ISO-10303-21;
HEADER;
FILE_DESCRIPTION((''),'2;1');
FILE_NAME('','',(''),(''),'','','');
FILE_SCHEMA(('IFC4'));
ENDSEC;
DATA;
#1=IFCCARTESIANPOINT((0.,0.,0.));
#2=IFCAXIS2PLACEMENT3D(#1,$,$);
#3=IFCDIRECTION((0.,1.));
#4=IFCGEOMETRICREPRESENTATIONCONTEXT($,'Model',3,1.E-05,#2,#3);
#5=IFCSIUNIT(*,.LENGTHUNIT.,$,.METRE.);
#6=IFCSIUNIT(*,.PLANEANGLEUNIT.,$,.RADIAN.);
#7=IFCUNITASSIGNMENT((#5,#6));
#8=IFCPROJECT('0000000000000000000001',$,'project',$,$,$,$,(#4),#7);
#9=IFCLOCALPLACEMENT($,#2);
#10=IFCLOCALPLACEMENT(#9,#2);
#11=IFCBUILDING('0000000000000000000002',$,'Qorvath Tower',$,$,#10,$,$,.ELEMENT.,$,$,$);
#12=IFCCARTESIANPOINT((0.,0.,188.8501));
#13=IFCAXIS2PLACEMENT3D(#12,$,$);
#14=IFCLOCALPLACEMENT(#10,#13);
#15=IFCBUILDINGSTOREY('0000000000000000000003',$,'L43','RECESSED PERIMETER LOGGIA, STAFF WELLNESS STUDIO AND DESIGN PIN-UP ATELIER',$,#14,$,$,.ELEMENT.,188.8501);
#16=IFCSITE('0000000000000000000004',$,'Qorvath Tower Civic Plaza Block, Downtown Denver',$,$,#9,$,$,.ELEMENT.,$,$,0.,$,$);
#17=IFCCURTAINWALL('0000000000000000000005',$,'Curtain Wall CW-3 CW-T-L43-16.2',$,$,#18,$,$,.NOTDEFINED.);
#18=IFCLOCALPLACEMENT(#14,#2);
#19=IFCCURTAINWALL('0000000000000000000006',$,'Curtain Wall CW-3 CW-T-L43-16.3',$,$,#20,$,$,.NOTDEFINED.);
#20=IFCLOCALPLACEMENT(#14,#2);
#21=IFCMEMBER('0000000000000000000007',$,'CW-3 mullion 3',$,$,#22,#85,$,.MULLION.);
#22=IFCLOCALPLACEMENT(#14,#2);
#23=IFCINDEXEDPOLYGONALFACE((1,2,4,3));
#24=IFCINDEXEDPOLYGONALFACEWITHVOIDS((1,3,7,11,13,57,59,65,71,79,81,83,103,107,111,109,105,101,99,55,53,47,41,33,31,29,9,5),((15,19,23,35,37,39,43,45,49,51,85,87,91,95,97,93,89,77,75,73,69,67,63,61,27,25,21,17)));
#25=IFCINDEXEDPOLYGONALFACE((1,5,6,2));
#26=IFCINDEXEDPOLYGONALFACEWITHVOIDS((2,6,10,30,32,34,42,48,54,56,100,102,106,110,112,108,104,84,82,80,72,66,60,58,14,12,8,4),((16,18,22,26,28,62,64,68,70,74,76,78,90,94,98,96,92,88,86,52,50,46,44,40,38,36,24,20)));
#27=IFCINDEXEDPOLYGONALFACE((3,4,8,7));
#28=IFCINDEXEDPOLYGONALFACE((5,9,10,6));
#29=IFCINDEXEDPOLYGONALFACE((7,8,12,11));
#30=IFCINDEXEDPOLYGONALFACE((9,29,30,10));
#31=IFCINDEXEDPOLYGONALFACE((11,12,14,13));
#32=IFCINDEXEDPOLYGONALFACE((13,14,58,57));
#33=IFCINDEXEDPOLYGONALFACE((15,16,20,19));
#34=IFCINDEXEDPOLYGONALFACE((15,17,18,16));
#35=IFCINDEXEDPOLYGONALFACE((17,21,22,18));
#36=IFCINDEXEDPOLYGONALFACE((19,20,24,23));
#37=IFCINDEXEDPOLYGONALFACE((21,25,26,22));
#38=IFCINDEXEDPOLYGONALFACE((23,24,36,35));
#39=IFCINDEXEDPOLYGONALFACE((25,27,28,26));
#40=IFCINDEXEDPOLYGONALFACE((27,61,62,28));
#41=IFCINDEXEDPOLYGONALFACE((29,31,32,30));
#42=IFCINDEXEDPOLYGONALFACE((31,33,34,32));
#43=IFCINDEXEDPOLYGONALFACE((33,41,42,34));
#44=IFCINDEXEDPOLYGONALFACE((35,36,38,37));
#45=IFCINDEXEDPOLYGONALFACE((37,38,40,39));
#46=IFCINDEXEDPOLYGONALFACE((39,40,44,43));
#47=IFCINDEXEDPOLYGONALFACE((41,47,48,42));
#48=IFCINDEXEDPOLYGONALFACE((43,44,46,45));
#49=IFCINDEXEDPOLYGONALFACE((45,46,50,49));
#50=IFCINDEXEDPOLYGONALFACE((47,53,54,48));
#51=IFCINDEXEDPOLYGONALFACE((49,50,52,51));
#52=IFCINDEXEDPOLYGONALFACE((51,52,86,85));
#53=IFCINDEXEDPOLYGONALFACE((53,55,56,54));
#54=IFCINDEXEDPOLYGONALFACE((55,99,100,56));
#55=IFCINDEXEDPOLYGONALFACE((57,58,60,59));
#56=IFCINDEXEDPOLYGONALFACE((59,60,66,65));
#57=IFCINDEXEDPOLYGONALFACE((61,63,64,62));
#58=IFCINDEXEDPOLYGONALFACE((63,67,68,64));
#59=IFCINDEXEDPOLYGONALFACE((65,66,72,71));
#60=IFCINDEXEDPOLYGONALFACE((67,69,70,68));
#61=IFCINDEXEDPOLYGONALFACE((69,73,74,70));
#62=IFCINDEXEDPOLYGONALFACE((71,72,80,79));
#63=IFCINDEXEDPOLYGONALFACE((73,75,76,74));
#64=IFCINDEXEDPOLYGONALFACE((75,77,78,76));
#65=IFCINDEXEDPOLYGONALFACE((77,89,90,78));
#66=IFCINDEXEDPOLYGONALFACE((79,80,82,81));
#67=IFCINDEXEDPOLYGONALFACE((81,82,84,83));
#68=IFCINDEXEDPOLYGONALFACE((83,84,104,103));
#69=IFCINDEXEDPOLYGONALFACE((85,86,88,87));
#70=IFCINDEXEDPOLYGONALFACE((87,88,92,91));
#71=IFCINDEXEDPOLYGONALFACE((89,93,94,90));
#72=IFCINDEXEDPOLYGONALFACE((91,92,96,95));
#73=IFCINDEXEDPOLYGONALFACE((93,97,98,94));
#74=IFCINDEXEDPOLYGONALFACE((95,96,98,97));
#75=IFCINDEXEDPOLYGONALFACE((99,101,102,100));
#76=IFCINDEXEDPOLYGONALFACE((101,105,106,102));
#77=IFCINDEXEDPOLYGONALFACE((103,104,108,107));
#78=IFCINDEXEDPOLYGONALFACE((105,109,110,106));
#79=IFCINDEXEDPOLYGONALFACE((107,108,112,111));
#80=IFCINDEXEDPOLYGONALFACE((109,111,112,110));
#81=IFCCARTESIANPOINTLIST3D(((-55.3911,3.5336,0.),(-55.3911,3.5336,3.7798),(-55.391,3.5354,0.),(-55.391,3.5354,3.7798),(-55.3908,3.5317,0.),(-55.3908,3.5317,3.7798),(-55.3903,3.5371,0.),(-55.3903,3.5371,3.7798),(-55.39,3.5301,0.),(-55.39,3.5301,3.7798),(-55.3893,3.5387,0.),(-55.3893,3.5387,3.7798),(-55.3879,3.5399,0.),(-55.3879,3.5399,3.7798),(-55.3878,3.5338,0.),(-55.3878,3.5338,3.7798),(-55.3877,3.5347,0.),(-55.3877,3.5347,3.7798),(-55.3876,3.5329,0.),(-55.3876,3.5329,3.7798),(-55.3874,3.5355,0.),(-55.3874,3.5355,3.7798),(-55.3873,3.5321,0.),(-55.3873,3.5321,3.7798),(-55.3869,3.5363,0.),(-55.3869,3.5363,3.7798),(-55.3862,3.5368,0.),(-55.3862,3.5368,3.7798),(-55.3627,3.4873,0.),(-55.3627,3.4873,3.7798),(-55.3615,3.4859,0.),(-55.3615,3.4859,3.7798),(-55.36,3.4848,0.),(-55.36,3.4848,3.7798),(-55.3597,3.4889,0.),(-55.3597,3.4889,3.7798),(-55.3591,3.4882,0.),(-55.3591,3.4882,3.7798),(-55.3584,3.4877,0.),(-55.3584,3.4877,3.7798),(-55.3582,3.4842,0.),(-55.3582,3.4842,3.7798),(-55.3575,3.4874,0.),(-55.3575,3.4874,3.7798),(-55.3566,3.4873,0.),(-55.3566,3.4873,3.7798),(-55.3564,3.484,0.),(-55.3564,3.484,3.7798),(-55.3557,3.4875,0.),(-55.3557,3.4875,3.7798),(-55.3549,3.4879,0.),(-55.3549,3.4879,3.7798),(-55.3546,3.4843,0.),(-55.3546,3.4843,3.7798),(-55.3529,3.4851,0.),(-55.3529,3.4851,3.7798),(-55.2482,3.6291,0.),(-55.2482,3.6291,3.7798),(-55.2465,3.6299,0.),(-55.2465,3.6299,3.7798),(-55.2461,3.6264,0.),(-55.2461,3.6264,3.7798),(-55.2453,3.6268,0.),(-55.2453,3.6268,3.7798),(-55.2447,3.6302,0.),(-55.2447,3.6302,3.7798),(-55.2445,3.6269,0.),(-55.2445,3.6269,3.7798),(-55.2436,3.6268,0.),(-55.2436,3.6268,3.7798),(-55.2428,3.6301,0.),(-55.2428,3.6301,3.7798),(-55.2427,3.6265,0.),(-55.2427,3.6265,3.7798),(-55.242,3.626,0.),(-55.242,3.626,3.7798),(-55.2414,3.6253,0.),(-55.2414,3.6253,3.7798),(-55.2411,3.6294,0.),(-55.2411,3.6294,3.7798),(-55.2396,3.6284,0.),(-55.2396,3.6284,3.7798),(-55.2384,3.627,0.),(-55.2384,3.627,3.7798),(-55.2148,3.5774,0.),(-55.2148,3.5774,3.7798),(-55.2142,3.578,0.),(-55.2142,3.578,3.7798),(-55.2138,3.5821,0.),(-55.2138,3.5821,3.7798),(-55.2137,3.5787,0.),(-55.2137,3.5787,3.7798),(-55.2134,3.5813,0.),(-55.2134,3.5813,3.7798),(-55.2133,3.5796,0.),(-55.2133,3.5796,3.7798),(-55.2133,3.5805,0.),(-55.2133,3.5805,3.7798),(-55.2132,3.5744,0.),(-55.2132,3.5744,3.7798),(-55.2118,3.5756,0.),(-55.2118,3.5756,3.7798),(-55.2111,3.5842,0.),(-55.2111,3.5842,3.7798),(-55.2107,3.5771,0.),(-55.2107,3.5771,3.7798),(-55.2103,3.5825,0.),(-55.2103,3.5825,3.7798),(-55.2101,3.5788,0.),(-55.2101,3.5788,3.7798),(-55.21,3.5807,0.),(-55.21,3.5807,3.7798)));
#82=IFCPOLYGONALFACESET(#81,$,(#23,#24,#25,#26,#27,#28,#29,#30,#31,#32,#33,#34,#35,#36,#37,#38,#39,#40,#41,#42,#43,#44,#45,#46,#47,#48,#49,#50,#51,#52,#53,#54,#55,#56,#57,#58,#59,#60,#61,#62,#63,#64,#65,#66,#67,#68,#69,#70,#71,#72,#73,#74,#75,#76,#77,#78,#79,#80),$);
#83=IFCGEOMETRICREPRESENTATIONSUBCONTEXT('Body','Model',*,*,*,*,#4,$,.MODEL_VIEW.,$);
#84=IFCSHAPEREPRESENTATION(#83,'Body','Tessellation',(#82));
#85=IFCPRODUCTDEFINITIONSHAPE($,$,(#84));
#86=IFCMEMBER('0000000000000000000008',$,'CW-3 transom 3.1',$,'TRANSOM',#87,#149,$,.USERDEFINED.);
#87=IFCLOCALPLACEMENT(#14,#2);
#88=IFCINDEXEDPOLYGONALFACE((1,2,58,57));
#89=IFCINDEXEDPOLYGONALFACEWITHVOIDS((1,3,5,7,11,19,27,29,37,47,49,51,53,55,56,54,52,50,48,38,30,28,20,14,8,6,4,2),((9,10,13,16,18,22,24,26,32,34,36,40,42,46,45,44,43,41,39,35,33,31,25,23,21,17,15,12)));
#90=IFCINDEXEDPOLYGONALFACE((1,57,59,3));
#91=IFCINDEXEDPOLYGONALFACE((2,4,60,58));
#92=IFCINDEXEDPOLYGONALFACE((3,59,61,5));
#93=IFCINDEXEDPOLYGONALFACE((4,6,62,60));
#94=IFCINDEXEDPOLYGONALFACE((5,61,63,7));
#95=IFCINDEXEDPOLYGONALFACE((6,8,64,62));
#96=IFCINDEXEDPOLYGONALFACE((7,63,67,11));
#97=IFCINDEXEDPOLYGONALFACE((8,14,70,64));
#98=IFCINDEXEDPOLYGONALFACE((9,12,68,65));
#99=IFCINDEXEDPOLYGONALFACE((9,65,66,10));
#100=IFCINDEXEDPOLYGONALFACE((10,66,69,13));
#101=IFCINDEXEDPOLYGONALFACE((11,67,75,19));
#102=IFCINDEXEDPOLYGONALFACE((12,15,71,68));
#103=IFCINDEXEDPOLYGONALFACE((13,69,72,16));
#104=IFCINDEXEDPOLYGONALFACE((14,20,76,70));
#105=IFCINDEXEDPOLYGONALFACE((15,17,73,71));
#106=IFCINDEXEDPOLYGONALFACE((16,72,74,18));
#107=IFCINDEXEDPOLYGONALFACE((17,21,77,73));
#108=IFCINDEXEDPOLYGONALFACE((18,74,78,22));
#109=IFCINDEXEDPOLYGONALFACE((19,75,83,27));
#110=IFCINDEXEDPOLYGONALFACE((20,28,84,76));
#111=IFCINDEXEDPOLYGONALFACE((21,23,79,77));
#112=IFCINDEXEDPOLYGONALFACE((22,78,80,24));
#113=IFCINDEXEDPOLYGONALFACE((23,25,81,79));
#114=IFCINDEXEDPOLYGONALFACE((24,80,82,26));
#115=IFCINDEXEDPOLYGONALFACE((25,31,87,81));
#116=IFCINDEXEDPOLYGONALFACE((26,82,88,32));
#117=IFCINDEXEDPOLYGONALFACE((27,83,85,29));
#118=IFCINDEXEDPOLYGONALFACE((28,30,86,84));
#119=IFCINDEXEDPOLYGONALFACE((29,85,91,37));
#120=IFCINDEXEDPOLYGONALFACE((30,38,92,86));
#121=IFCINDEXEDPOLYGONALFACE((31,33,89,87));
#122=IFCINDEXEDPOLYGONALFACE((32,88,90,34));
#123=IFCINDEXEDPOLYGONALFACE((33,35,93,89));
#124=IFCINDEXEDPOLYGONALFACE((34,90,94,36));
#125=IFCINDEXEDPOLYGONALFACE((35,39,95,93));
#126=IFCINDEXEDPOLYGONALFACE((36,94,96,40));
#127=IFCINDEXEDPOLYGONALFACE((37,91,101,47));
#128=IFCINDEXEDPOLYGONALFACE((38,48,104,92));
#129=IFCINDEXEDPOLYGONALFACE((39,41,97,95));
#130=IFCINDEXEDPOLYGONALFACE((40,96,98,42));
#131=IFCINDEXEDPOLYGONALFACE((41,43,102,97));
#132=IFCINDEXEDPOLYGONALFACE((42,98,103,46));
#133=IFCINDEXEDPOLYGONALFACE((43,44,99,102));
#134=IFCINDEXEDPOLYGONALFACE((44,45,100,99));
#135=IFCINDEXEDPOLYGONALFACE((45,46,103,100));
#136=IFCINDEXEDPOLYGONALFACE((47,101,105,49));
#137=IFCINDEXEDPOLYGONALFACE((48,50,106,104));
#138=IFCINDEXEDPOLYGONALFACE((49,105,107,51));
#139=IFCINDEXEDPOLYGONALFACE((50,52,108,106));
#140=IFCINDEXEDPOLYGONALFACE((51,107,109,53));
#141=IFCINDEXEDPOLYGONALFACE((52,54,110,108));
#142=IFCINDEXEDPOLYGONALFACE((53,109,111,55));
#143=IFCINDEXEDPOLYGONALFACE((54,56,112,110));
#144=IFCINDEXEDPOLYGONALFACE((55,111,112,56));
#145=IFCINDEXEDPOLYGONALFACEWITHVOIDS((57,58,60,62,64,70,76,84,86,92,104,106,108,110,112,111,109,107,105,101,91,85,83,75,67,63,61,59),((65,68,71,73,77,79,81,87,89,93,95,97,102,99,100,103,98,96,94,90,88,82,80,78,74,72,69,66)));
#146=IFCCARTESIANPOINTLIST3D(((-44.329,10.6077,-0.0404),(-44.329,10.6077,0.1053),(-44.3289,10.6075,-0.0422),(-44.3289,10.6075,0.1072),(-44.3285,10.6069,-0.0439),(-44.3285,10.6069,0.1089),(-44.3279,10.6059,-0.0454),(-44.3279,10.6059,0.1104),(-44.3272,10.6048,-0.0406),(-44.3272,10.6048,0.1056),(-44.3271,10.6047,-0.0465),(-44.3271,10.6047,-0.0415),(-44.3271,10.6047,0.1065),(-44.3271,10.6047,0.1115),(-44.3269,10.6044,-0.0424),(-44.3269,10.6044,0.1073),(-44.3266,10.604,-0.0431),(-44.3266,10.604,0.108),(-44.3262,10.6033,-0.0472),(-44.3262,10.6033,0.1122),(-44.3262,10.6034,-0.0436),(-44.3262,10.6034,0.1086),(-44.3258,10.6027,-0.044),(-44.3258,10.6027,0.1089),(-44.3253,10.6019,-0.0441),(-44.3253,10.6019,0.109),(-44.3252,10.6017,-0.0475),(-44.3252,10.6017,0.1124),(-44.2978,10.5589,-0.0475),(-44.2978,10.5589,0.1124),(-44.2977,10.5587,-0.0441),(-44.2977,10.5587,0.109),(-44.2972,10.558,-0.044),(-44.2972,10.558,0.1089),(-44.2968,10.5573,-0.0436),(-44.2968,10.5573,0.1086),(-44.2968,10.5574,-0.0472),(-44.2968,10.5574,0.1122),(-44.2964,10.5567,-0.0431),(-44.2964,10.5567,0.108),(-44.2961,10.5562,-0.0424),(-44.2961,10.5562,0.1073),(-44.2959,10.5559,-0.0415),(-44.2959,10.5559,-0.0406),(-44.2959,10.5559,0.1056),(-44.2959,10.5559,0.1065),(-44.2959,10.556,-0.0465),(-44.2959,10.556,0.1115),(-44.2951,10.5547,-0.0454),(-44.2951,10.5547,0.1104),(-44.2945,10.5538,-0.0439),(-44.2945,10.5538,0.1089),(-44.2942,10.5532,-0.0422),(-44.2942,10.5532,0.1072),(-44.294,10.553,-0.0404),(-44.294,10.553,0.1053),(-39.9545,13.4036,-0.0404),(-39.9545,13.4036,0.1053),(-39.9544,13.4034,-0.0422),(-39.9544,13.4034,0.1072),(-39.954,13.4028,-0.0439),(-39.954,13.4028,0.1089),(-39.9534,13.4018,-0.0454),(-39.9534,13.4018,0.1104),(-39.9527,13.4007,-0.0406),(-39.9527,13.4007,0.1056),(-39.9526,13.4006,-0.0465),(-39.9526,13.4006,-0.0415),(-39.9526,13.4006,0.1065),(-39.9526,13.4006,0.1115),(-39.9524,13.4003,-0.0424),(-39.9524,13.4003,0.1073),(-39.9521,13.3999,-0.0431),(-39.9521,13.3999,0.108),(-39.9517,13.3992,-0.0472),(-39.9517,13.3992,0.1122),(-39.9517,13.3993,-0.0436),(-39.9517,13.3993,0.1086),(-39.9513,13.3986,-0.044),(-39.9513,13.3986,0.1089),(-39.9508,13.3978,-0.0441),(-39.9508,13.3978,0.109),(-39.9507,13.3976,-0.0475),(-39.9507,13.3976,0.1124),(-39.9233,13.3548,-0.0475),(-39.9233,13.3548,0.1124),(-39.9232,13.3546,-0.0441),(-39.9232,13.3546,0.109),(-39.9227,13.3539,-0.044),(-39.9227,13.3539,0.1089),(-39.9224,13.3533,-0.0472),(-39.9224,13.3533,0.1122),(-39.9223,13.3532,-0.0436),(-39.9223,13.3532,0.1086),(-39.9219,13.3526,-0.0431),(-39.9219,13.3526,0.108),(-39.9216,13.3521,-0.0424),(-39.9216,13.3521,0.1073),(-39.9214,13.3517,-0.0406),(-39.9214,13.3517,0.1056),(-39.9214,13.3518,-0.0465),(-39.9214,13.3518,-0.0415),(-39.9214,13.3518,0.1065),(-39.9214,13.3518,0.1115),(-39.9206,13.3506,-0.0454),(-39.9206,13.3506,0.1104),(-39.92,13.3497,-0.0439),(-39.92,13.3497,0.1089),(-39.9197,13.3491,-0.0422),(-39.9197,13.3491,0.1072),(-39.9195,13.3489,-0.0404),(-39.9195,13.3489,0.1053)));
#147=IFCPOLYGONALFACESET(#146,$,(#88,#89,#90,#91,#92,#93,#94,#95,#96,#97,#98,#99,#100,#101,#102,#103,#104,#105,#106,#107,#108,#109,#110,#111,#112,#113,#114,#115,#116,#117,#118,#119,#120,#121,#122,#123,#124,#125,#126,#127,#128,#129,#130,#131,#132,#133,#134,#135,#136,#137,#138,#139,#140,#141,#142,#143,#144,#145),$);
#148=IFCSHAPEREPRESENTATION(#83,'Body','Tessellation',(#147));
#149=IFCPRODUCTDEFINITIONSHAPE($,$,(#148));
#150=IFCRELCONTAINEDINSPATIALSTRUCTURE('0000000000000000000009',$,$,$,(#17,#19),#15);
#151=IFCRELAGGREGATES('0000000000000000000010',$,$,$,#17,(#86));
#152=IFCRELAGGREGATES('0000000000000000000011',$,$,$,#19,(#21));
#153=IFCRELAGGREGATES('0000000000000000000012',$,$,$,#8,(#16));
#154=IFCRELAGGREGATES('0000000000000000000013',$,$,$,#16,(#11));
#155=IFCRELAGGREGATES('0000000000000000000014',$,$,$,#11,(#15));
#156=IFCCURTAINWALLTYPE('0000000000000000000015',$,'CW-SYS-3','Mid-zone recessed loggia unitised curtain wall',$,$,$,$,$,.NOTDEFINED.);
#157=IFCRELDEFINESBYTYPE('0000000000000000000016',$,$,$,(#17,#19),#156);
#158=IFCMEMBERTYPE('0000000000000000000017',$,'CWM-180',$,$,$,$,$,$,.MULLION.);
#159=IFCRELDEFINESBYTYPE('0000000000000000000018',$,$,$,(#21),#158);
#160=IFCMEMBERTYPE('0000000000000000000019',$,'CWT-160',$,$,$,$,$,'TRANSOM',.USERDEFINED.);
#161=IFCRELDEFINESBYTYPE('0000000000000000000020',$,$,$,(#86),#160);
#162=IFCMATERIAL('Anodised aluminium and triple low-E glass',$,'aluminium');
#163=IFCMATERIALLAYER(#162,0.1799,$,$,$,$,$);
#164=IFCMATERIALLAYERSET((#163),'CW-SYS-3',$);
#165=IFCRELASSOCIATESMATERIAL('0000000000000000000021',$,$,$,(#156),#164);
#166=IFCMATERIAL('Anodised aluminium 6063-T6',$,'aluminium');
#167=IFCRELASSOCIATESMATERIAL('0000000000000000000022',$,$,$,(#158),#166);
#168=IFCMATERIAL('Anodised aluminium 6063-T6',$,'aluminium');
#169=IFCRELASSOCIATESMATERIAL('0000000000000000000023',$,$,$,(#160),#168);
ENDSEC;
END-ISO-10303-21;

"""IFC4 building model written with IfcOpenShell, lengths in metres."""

from ifc_helpers import new_model, si_unit, direction, frame, origin, origin_2d, place, context, subcontext, project, spatial, hollow_rectangle, extrude, material, layer, layer_set, material_profile, profile_set, type_object, element, aggregate, save


model = new_model("IFC4")

# Units and contexts
model_context = context("Model", 3, precision=1e-05, world=origin(), true_north=direction((0.0, 1.0)))
body_context = subcontext(model_context, "Body", "Model", "MODEL_VIEW")
ifc_project = project(units=[si_unit("LENGTHUNIT", "METRE"), si_unit("PLANEANGLEUNIT", "RADIAN")], contexts=[model_context])

# Site, building, storey
site_placement = place(None, origin())
site = spatial("IfcSite", under=ifc_project, at=site_placement, Name="Qorvath Tower Civic Plaza Block, Downtown Denver", CompositionType="ELEMENT", RefElevation=0.0)
building_placement = place(site_placement, origin())
building = spatial("IfcBuilding", under=site, at=building_placement, Name="Qorvath Tower", CompositionType="ELEMENT")
storey_placement = place(building_placement, frame((0.0, 0.0, 188.8501)))
storey = spatial("IfcBuildingStorey", under=building, at=storey_placement, Name="L43", Description="RECESSED PERIMETER LOGGIA, STAFF WELLNESS STUDIO AND DESIGN PIN-UP ATELIER", CompositionType="ELEMENT", Elevation=188.8501)

# Curtain walls, member
ifc_material_1 = material(Name="Anodised aluminium and triple low-E glass", Category="aluminium")
ifc_layer_1 = layer(ifc_material_1, 0.1799)
ifc_layer_set_1 = layer_set([ifc_layer_1], Name="CW-SYS-3")
curtain_wall_type = type_object("IfcCurtainWallType", Name="CW-SYS-3", Description="Mid-zone recessed loggia unitised curtain wall", PredefinedType="NOTDEFINED", material=ifc_layer_set_1)
curtain_wall_1_placement = place(storey_placement, origin())
curtain_wall_1 = element("IfcCurtainWall", 1, at=curtain_wall_1_placement, inside=storey, type_object=curtain_wall_type, Name="Curtain Wall CW-3 CW-T-L43-16.2", PredefinedType="NOTDEFINED")
ifc_material_2 = material(Name="Anodised aluminium 6063-T6", Category="aluminium")
ifc_material_profile_1 = material_profile(ifc_material_2, hollow_rectangle(XDim=0.0649, YDim=0.1799, WallThickness=0.0034, InnerFilletRadius=0.0034, OuterFilletRadius=0.0071, at=origin_2d()), Name="CWM 180x65")
ifc_profile_set_1 = profile_set([ifc_material_profile_1], Name="Anodised aluminium 6063-T6")
member_type_1 = type_object("IfcMemberType", Name="CWM-180", PredefinedType="MULLION", material=ifc_profile_set_1)
curtain_wall_2_placement = place(storey_placement, origin())
curtain_wall_2 = element("IfcCurtainWall", 2, at=curtain_wall_2_placement, inside=storey, type_object=curtain_wall_type, Name="Curtain Wall CW-3 CW-T-L43-16.3", PredefinedType="NOTDEFINED")
member_1_placement = place(storey_placement, frame((-55.3005, 3.5571, 0.0), z_axis=(0.0, 0.0, 1.0), x_axis=(0.538528, -0.842607, 0.0)))
member_1 = element("IfcMember", 3, at=member_1_placement, type_object=member_type_1, Name="CW-3 mullion 3", PredefinedType="MULLION", context=body_context, shape_type="SweptSolid", body=[
    extrude(hollow_rectangle(XDim=0.0649, YDim=0.1799, WallThickness=0.0034, InnerFilletRadius=0.0034, OuterFilletRadius=0.0071, at=origin_2d()), origin(), (0.0, 0.0, 1.0), 3.7798),
])

# Member
ifc_material_3 = material(Name="Anodised aluminium 6063-T6", Category="aluminium")
ifc_material_profile_2 = material_profile(ifc_material_3, hollow_rectangle(XDim=0.0649, YDim=0.1599, WallThickness=0.0034, InnerFilletRadius=0.0034, OuterFilletRadius=0.0071, at=origin_2d()), Name="CWT 160x65")
ifc_profile_set_2 = profile_set([ifc_material_profile_2], Name="Anodised aluminium 6063-T6")
member_type_2 = type_object("IfcMemberType", Name="CWT-160", ElementType="TRANSOM", PredefinedType="USERDEFINED", material=ifc_profile_set_2)
member_2_placement = place(storey_placement, frame((-39.937, 13.3762, 0.0325), z_axis=(-0.842603, -0.538536, 0.0), x_axis=(0.538536, -0.842603, 0.0)))
member_2 = element("IfcMember", 4, at=member_2_placement, type_object=member_type_2, Name="CW-3 transom 3.1", ObjectType="TRANSOM", PredefinedType="USERDEFINED", context=body_context, shape_type="SweptSolid", body=[
    extrude(hollow_rectangle(XDim=0.0649, YDim=0.1599, WallThickness=0.0034, InnerFilletRadius=0.0034, OuterFilletRadius=0.0071, at=origin_2d()), origin(), (0.0, 0.0, 1.0), 5.1917),
])

aggregate(curtain_wall_1, [member_2])
aggregate(curtain_wall_2, [member_1])

save(model, "model.ifc")
